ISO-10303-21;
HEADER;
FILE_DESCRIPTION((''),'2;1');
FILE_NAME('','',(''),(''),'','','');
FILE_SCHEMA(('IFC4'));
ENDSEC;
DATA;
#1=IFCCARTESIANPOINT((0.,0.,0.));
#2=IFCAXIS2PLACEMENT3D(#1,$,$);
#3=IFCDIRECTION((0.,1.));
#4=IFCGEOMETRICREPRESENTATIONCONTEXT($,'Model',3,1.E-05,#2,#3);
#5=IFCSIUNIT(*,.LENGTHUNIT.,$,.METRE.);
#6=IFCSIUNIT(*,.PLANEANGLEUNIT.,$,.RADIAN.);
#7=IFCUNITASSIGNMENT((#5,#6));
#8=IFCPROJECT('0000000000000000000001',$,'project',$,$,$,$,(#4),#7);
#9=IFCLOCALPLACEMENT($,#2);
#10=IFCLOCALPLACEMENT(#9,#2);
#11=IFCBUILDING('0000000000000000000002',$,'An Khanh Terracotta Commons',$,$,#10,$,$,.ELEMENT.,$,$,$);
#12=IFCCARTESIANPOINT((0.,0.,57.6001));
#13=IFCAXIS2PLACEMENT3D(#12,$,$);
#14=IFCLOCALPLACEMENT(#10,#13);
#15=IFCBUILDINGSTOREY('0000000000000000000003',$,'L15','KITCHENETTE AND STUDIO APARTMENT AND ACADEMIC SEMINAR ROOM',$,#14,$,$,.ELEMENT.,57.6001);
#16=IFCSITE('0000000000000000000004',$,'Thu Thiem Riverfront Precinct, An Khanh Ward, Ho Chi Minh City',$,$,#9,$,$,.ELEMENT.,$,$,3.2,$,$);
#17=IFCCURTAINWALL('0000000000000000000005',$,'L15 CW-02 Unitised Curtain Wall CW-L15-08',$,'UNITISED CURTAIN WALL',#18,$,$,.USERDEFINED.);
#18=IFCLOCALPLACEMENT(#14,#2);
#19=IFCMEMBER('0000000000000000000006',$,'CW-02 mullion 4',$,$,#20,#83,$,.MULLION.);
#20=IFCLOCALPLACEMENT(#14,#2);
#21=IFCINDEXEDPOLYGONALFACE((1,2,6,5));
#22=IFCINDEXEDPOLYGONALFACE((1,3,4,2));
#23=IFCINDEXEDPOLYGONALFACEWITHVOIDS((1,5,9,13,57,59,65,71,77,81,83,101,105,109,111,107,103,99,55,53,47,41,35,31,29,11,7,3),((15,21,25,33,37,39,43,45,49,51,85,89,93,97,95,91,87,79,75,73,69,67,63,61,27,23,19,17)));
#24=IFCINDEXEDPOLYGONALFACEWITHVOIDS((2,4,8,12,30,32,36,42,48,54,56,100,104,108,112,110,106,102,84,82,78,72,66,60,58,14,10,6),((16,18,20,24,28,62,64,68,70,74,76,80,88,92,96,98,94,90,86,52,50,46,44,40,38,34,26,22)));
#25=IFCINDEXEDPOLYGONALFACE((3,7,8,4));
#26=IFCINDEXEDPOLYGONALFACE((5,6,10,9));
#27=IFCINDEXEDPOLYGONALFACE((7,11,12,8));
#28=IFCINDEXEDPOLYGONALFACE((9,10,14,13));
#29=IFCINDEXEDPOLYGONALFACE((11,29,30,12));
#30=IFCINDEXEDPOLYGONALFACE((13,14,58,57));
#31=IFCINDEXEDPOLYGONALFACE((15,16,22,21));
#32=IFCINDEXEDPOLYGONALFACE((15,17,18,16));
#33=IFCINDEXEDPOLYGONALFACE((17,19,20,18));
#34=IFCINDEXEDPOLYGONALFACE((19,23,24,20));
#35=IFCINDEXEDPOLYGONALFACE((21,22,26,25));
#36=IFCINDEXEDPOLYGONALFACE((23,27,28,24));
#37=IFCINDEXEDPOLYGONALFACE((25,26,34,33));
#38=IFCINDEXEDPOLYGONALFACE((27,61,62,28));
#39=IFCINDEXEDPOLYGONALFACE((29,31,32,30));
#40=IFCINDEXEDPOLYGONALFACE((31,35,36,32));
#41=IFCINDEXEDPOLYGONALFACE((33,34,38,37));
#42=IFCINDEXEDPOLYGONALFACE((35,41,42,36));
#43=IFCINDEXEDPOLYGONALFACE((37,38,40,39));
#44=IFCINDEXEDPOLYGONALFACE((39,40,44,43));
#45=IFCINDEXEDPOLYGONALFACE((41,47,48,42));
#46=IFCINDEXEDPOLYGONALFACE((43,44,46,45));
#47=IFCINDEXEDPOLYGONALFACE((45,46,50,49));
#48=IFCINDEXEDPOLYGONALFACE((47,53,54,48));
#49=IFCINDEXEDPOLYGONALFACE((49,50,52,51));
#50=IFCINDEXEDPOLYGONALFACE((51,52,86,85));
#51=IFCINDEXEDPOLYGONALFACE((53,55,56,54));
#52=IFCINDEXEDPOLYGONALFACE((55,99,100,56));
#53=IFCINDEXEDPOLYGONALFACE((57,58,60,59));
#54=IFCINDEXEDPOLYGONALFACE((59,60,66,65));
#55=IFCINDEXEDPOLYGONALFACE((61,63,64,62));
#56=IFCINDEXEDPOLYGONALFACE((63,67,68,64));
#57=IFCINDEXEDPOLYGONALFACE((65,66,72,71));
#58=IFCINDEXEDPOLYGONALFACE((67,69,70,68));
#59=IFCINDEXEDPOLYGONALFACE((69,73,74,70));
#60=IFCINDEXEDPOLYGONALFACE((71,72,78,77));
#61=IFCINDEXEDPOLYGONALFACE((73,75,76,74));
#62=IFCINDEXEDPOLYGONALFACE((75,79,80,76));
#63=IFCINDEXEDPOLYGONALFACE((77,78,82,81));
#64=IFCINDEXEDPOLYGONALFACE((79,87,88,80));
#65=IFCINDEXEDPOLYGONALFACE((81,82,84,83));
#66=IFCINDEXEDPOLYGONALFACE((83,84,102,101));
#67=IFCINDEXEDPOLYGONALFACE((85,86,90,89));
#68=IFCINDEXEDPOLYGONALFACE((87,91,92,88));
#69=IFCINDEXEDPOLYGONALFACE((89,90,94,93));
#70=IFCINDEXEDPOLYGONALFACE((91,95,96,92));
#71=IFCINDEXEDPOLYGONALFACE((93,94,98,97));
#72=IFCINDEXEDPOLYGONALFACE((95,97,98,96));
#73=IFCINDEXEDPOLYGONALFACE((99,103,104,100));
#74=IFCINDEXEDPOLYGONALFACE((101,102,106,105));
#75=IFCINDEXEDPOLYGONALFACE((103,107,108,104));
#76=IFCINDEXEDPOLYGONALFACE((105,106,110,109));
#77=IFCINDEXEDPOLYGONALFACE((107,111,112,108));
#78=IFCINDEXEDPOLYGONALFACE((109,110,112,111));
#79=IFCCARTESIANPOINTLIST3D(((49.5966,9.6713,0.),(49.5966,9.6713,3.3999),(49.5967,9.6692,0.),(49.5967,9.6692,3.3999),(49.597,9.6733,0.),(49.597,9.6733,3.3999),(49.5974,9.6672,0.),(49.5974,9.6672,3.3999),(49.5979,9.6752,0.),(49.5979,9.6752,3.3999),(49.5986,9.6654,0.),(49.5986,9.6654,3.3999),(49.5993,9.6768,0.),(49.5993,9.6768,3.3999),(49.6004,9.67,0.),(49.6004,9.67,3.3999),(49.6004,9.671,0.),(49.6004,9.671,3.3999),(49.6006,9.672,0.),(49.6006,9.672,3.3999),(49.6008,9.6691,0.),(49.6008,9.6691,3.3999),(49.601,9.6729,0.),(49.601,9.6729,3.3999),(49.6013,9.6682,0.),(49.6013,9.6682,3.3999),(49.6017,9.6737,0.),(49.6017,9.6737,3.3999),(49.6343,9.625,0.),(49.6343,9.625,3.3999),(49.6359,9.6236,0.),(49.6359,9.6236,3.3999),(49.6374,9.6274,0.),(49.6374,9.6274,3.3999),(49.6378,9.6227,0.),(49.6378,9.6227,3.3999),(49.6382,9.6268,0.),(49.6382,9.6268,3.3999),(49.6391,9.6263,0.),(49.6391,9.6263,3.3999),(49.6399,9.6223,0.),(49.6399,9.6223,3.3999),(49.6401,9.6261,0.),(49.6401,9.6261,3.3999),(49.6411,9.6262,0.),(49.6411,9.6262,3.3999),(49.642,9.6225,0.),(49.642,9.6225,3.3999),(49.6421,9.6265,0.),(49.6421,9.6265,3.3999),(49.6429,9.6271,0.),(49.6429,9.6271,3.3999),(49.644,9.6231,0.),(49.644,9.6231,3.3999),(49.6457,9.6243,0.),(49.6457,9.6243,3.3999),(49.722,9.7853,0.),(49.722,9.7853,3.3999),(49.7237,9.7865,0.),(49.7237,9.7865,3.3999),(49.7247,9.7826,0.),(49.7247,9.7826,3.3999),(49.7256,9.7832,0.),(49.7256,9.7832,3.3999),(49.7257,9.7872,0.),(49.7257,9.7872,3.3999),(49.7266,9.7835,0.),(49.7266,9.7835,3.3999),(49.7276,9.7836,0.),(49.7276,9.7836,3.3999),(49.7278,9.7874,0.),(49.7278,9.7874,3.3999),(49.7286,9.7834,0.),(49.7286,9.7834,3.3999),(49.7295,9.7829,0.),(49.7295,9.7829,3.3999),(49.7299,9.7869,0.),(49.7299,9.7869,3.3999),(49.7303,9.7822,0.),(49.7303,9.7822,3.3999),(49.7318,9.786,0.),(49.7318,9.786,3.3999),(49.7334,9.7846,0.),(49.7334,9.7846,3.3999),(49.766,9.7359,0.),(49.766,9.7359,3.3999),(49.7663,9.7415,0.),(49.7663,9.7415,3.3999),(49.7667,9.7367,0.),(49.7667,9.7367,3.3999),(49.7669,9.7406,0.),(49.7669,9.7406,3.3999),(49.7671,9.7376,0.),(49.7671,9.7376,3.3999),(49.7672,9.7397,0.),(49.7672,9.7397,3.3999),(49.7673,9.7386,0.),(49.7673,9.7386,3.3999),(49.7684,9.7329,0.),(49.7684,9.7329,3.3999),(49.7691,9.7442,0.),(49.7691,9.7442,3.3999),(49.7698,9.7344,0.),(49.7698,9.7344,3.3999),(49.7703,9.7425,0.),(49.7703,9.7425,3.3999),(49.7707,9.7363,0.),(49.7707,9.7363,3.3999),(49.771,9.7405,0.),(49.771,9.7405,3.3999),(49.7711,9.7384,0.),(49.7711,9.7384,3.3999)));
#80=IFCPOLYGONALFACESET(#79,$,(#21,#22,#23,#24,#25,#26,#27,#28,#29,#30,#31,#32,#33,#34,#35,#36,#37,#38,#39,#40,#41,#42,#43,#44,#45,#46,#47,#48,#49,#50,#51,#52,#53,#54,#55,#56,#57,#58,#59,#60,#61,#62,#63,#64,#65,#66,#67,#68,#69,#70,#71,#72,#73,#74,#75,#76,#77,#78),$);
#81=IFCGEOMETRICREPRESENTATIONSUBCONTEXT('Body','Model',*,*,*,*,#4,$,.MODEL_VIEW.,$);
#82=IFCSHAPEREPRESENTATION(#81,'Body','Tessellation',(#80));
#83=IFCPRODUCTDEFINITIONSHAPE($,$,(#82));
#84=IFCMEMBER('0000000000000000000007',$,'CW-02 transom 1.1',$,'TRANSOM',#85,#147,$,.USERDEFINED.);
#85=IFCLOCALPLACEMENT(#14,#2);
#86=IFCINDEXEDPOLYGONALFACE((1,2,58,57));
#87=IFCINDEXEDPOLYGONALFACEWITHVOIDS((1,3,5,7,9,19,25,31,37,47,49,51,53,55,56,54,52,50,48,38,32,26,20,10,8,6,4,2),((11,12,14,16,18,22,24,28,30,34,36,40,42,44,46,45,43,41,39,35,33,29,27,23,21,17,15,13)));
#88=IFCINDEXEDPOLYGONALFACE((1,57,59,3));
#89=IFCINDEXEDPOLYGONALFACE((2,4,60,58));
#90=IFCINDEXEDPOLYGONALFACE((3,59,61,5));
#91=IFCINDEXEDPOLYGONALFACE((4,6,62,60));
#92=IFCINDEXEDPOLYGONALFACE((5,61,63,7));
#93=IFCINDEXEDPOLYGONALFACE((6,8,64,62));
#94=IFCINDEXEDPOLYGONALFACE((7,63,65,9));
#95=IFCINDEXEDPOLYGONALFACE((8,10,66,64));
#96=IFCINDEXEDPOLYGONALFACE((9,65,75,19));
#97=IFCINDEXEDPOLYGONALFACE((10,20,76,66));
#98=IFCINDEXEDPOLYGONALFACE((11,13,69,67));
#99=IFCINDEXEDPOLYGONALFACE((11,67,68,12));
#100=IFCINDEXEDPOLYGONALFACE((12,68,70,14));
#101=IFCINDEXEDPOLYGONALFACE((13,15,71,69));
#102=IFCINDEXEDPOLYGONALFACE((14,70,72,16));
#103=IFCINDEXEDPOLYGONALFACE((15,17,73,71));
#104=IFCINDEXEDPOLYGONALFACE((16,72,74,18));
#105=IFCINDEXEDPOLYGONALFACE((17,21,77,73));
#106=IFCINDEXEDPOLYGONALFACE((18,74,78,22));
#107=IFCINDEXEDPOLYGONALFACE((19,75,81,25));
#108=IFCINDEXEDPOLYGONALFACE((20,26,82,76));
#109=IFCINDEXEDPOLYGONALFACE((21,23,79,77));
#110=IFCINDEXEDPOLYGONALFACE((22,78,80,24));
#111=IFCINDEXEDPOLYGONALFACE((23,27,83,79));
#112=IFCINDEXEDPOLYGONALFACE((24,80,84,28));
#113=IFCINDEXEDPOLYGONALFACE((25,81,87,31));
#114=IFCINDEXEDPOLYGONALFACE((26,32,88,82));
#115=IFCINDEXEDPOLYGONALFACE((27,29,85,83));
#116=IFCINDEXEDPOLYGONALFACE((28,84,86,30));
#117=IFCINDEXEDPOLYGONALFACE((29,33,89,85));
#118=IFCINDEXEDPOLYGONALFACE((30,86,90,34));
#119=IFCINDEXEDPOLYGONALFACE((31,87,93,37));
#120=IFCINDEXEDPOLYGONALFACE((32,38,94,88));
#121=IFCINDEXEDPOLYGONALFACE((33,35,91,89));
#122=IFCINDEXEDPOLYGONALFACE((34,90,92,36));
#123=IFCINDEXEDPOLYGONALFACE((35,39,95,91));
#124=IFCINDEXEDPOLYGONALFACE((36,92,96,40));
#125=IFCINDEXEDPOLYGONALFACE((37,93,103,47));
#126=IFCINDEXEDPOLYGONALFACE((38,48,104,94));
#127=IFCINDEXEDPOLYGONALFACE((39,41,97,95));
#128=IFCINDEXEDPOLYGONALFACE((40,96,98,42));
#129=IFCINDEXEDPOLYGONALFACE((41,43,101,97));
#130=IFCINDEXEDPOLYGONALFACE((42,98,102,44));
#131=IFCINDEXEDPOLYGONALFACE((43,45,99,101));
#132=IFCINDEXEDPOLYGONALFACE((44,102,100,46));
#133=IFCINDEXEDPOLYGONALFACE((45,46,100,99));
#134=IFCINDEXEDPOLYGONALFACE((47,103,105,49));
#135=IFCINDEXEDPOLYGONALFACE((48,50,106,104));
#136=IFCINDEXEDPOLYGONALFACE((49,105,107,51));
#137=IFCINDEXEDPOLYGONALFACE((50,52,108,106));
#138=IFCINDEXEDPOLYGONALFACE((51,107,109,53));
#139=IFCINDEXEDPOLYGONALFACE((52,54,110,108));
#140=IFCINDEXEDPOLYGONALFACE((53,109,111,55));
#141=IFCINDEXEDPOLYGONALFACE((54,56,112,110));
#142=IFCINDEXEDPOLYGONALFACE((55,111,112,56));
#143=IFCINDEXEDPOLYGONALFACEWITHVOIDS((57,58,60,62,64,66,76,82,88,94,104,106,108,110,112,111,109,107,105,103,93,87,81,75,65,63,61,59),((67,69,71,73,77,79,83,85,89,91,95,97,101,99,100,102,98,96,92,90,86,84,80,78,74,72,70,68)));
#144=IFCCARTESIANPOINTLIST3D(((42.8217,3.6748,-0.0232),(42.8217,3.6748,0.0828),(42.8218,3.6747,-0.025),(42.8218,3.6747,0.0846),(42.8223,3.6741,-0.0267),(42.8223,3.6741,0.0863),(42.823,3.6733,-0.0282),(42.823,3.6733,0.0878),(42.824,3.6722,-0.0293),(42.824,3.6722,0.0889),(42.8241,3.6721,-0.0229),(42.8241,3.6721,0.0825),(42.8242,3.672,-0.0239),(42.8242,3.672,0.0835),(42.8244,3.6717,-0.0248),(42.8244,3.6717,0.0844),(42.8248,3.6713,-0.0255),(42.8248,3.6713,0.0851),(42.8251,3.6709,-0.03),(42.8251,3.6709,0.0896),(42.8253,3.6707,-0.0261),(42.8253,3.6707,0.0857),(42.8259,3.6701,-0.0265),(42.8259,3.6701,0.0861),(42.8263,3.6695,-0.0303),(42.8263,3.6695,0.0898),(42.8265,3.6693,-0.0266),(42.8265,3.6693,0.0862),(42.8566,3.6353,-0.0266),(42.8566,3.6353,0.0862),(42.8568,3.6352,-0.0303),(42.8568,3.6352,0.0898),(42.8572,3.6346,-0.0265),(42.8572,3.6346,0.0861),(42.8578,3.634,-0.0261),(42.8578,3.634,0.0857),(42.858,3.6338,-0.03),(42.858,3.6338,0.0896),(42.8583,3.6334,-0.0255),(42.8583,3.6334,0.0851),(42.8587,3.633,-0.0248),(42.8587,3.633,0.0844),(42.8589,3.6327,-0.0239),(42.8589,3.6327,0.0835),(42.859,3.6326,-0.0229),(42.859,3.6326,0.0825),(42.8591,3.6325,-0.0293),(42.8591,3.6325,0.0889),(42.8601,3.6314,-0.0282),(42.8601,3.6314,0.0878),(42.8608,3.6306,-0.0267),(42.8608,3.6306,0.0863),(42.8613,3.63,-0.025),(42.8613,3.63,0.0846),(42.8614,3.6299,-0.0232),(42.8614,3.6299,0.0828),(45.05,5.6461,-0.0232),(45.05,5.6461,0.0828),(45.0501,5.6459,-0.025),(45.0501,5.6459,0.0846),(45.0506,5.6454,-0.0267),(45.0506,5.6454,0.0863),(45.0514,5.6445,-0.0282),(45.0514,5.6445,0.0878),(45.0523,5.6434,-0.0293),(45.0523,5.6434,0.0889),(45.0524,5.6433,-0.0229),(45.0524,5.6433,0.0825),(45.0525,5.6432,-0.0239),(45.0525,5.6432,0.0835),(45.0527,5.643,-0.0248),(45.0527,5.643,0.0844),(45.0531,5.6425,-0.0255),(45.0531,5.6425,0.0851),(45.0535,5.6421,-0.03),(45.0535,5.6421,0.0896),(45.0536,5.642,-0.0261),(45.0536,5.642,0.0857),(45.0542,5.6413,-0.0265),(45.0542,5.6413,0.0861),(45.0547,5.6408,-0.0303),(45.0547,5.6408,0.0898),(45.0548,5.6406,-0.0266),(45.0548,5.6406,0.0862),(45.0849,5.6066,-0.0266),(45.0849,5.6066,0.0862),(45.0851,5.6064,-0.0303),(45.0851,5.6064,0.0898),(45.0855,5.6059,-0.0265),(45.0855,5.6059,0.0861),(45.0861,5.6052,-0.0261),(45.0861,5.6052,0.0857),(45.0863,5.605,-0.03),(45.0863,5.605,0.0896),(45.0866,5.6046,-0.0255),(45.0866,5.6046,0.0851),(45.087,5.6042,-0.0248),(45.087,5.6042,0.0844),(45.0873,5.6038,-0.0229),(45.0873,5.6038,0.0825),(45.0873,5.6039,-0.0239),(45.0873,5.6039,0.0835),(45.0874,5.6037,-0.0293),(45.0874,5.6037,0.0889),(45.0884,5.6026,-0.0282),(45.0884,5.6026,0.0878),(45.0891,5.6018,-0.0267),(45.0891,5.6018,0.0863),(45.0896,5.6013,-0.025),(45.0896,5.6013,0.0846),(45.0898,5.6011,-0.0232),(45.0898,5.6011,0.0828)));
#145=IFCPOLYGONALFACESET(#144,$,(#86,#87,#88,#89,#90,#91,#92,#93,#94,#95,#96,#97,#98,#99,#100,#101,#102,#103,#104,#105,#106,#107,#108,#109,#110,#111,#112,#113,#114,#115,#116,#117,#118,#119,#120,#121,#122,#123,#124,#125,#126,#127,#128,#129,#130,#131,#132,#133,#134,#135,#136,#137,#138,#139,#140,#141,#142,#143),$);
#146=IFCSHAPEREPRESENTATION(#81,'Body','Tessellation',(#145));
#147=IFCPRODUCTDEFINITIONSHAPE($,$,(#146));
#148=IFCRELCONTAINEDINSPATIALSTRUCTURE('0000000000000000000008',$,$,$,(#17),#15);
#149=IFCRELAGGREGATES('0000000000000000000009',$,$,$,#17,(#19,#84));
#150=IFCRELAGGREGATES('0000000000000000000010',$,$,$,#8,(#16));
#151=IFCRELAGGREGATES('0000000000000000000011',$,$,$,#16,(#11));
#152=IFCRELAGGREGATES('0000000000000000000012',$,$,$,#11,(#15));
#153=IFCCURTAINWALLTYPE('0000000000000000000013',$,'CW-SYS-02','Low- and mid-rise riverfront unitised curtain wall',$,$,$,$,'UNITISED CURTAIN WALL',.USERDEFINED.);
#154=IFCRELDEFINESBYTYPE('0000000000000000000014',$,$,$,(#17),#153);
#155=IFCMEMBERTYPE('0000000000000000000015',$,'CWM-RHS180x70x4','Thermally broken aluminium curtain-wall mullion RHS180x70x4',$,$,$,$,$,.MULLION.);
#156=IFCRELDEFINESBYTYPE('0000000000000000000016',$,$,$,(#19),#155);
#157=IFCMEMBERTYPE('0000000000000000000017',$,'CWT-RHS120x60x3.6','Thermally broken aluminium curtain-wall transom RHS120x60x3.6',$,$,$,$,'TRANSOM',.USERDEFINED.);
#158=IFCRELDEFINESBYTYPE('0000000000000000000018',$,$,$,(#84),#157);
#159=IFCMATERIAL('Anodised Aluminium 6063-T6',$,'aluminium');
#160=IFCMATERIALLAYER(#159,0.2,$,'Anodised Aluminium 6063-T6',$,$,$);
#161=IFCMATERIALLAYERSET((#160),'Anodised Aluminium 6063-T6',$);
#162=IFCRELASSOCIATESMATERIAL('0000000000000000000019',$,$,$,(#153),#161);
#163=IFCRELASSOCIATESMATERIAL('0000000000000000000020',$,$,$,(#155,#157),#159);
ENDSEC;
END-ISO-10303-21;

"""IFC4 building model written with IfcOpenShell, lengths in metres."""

from ifc_helpers import new_model, si_unit, direction, frame, origin, origin_2d, place, context, subcontext, project, spatial, hollow_rectangle, extrude, material, layer, layer_set, material_profile, profile_set, type_object, element, aggregate, save


model = new_model("IFC4")

# Units and contexts
model_context = context("Model", 3, precision=1e-05, world=origin(), true_north=direction((0.0, 1.0)))
body_context = subcontext(model_context, "Body", "Model", "MODEL_VIEW")
ifc_project = project(units=[si_unit("LENGTHUNIT", "METRE"), si_unit("PLANEANGLEUNIT", "RADIAN")], contexts=[model_context])

# Site, building, storey
site_placement = place(None, origin())
site = spatial("IfcSite", under=ifc_project, at=site_placement, Name="Thu Thiem Riverfront Precinct, An Khanh Ward, Ho Chi Minh City", CompositionType="ELEMENT", RefElevation=3.2)
building_placement = place(site_placement, origin())
building = spatial("IfcBuilding", under=site, at=building_placement, Name="An Khanh Terracotta Commons", CompositionType="ELEMENT")
storey_placement = place(building_placement, frame((0.0, 0.0, 57.6001)))
storey = spatial("IfcBuildingStorey", under=building, at=storey_placement, Name="L15", Description="KITCHENETTE AND STUDIO APARTMENT AND ACADEMIC SEMINAR ROOM", CompositionType="ELEMENT", Elevation=57.6001)

# Curtain wall, members
ifc_material_1 = material(Name="Anodised Aluminium 6063-T6", Category="aluminium")
ifc_layer_1 = layer(ifc_material_1, 0.2, Name="Anodised Aluminium 6063-T6")
ifc_layer_set_1 = layer_set([ifc_layer_1], Name="Anodised Aluminium 6063-T6")
curtain_wall_type = type_object("IfcCurtainWallType", Name="CW-SYS-02", Description="Low- and mid-rise riverfront unitised curtain wall", ElementType="UNITISED CURTAIN WALL", PredefinedType="USERDEFINED", material=ifc_layer_set_1)
curtain_wall_placement = place(storey_placement, origin())
curtain_wall = element("IfcCurtainWall", 1, at=curtain_wall_placement, inside=storey, type_object=curtain_wall_type, Name="L15 CW-02 Unitised Curtain Wall CW-L15-08", ObjectType="UNITISED CURTAIN WALL", PredefinedType="USERDEFINED")
ifc_material_profile_1 = material_profile(ifc_material_1, hollow_rectangle(XDim=0.0701, YDim=0.1799, WallThickness=0.0039, InnerFilletRadius=0.0039, OuterFilletRadius=0.0081, at=origin_2d()), Name="RHS180x70x4")
ifc_profile_set_1 = profile_set([ifc_material_profile_1], Name="Anodised Aluminium 6063-T6")
member_type_1 = type_object("IfcMemberType", Name="CWM-RHS180x70x4", Description="Thermally broken aluminium curtain-wall mullion RHS180x70x4", PredefinedType="MULLION", material=ifc_profile_set_1)
member_1_placement = place(storey_placement, frame((49.6838, 9.7048, 0.0), z_axis=(0.0, 0.0, 1.0), x_axis=(-0.662548, 0.749019, 0.0)))
member_1 = element("IfcMember", 2, at=member_1_placement, type_object=member_type_1, Name="CW-02 mullion 4", PredefinedType="MULLION", context=body_context, shape_type="SweptSolid", body=[
    extrude(hollow_rectangle(XDim=0.0701, YDim=0.1799, WallThickness=0.0039, InnerFilletRadius=0.0039, OuterFilletRadius=0.0081, at=origin_2d()), origin(), (0.0, 0.0, 1.0), 3.3999),
])
ifc_material_profile_2 = material_profile(ifc_material_1, hollow_rectangle(XDim=0.0601, YDim=0.1201, WallThickness=0.0037, InnerFilletRadius=0.0037, OuterFilletRadius=0.0071, at=origin_2d()), Name="RHS120x60x3.6")
ifc_profile_set_2 = profile_set([ifc_material_profile_2], Name="Anodised Aluminium 6063-T6")
member_type_2 = type_object("IfcMemberType", Name="CWT-RHS120x60x3.6", Description="Thermally broken aluminium curtain-wall transom RHS120x60x3.6", ElementType="TRANSOM", PredefinedType="USERDEFINED", material=ifc_profile_set_2)
member_2_placement = place(storey_placement, frame((42.8416, 3.6523, 0.0298), z_axis=(0.748992, 0.662579, 0.0), x_axis=(-0.662579, 0.748992, 0.0)))
member_2 = element("IfcMember", 3, at=member_2_placement, type_object=member_type_2, Name="CW-02 transom 1.1", ObjectType="TRANSOM", PredefinedType="USERDEFINED", context=body_context, shape_type="SweptSolid", body=[
    extrude(hollow_rectangle(XDim=0.0601, YDim=0.1201, WallThickness=0.0037, InnerFilletRadius=0.0037, OuterFilletRadius=0.0071, at=origin_2d()), origin(), (0.0, 0.0, 1.0), 2.9751),
])
aggregate(curtain_wall, [member_1, member_2])

save(model, "model.ifc")
